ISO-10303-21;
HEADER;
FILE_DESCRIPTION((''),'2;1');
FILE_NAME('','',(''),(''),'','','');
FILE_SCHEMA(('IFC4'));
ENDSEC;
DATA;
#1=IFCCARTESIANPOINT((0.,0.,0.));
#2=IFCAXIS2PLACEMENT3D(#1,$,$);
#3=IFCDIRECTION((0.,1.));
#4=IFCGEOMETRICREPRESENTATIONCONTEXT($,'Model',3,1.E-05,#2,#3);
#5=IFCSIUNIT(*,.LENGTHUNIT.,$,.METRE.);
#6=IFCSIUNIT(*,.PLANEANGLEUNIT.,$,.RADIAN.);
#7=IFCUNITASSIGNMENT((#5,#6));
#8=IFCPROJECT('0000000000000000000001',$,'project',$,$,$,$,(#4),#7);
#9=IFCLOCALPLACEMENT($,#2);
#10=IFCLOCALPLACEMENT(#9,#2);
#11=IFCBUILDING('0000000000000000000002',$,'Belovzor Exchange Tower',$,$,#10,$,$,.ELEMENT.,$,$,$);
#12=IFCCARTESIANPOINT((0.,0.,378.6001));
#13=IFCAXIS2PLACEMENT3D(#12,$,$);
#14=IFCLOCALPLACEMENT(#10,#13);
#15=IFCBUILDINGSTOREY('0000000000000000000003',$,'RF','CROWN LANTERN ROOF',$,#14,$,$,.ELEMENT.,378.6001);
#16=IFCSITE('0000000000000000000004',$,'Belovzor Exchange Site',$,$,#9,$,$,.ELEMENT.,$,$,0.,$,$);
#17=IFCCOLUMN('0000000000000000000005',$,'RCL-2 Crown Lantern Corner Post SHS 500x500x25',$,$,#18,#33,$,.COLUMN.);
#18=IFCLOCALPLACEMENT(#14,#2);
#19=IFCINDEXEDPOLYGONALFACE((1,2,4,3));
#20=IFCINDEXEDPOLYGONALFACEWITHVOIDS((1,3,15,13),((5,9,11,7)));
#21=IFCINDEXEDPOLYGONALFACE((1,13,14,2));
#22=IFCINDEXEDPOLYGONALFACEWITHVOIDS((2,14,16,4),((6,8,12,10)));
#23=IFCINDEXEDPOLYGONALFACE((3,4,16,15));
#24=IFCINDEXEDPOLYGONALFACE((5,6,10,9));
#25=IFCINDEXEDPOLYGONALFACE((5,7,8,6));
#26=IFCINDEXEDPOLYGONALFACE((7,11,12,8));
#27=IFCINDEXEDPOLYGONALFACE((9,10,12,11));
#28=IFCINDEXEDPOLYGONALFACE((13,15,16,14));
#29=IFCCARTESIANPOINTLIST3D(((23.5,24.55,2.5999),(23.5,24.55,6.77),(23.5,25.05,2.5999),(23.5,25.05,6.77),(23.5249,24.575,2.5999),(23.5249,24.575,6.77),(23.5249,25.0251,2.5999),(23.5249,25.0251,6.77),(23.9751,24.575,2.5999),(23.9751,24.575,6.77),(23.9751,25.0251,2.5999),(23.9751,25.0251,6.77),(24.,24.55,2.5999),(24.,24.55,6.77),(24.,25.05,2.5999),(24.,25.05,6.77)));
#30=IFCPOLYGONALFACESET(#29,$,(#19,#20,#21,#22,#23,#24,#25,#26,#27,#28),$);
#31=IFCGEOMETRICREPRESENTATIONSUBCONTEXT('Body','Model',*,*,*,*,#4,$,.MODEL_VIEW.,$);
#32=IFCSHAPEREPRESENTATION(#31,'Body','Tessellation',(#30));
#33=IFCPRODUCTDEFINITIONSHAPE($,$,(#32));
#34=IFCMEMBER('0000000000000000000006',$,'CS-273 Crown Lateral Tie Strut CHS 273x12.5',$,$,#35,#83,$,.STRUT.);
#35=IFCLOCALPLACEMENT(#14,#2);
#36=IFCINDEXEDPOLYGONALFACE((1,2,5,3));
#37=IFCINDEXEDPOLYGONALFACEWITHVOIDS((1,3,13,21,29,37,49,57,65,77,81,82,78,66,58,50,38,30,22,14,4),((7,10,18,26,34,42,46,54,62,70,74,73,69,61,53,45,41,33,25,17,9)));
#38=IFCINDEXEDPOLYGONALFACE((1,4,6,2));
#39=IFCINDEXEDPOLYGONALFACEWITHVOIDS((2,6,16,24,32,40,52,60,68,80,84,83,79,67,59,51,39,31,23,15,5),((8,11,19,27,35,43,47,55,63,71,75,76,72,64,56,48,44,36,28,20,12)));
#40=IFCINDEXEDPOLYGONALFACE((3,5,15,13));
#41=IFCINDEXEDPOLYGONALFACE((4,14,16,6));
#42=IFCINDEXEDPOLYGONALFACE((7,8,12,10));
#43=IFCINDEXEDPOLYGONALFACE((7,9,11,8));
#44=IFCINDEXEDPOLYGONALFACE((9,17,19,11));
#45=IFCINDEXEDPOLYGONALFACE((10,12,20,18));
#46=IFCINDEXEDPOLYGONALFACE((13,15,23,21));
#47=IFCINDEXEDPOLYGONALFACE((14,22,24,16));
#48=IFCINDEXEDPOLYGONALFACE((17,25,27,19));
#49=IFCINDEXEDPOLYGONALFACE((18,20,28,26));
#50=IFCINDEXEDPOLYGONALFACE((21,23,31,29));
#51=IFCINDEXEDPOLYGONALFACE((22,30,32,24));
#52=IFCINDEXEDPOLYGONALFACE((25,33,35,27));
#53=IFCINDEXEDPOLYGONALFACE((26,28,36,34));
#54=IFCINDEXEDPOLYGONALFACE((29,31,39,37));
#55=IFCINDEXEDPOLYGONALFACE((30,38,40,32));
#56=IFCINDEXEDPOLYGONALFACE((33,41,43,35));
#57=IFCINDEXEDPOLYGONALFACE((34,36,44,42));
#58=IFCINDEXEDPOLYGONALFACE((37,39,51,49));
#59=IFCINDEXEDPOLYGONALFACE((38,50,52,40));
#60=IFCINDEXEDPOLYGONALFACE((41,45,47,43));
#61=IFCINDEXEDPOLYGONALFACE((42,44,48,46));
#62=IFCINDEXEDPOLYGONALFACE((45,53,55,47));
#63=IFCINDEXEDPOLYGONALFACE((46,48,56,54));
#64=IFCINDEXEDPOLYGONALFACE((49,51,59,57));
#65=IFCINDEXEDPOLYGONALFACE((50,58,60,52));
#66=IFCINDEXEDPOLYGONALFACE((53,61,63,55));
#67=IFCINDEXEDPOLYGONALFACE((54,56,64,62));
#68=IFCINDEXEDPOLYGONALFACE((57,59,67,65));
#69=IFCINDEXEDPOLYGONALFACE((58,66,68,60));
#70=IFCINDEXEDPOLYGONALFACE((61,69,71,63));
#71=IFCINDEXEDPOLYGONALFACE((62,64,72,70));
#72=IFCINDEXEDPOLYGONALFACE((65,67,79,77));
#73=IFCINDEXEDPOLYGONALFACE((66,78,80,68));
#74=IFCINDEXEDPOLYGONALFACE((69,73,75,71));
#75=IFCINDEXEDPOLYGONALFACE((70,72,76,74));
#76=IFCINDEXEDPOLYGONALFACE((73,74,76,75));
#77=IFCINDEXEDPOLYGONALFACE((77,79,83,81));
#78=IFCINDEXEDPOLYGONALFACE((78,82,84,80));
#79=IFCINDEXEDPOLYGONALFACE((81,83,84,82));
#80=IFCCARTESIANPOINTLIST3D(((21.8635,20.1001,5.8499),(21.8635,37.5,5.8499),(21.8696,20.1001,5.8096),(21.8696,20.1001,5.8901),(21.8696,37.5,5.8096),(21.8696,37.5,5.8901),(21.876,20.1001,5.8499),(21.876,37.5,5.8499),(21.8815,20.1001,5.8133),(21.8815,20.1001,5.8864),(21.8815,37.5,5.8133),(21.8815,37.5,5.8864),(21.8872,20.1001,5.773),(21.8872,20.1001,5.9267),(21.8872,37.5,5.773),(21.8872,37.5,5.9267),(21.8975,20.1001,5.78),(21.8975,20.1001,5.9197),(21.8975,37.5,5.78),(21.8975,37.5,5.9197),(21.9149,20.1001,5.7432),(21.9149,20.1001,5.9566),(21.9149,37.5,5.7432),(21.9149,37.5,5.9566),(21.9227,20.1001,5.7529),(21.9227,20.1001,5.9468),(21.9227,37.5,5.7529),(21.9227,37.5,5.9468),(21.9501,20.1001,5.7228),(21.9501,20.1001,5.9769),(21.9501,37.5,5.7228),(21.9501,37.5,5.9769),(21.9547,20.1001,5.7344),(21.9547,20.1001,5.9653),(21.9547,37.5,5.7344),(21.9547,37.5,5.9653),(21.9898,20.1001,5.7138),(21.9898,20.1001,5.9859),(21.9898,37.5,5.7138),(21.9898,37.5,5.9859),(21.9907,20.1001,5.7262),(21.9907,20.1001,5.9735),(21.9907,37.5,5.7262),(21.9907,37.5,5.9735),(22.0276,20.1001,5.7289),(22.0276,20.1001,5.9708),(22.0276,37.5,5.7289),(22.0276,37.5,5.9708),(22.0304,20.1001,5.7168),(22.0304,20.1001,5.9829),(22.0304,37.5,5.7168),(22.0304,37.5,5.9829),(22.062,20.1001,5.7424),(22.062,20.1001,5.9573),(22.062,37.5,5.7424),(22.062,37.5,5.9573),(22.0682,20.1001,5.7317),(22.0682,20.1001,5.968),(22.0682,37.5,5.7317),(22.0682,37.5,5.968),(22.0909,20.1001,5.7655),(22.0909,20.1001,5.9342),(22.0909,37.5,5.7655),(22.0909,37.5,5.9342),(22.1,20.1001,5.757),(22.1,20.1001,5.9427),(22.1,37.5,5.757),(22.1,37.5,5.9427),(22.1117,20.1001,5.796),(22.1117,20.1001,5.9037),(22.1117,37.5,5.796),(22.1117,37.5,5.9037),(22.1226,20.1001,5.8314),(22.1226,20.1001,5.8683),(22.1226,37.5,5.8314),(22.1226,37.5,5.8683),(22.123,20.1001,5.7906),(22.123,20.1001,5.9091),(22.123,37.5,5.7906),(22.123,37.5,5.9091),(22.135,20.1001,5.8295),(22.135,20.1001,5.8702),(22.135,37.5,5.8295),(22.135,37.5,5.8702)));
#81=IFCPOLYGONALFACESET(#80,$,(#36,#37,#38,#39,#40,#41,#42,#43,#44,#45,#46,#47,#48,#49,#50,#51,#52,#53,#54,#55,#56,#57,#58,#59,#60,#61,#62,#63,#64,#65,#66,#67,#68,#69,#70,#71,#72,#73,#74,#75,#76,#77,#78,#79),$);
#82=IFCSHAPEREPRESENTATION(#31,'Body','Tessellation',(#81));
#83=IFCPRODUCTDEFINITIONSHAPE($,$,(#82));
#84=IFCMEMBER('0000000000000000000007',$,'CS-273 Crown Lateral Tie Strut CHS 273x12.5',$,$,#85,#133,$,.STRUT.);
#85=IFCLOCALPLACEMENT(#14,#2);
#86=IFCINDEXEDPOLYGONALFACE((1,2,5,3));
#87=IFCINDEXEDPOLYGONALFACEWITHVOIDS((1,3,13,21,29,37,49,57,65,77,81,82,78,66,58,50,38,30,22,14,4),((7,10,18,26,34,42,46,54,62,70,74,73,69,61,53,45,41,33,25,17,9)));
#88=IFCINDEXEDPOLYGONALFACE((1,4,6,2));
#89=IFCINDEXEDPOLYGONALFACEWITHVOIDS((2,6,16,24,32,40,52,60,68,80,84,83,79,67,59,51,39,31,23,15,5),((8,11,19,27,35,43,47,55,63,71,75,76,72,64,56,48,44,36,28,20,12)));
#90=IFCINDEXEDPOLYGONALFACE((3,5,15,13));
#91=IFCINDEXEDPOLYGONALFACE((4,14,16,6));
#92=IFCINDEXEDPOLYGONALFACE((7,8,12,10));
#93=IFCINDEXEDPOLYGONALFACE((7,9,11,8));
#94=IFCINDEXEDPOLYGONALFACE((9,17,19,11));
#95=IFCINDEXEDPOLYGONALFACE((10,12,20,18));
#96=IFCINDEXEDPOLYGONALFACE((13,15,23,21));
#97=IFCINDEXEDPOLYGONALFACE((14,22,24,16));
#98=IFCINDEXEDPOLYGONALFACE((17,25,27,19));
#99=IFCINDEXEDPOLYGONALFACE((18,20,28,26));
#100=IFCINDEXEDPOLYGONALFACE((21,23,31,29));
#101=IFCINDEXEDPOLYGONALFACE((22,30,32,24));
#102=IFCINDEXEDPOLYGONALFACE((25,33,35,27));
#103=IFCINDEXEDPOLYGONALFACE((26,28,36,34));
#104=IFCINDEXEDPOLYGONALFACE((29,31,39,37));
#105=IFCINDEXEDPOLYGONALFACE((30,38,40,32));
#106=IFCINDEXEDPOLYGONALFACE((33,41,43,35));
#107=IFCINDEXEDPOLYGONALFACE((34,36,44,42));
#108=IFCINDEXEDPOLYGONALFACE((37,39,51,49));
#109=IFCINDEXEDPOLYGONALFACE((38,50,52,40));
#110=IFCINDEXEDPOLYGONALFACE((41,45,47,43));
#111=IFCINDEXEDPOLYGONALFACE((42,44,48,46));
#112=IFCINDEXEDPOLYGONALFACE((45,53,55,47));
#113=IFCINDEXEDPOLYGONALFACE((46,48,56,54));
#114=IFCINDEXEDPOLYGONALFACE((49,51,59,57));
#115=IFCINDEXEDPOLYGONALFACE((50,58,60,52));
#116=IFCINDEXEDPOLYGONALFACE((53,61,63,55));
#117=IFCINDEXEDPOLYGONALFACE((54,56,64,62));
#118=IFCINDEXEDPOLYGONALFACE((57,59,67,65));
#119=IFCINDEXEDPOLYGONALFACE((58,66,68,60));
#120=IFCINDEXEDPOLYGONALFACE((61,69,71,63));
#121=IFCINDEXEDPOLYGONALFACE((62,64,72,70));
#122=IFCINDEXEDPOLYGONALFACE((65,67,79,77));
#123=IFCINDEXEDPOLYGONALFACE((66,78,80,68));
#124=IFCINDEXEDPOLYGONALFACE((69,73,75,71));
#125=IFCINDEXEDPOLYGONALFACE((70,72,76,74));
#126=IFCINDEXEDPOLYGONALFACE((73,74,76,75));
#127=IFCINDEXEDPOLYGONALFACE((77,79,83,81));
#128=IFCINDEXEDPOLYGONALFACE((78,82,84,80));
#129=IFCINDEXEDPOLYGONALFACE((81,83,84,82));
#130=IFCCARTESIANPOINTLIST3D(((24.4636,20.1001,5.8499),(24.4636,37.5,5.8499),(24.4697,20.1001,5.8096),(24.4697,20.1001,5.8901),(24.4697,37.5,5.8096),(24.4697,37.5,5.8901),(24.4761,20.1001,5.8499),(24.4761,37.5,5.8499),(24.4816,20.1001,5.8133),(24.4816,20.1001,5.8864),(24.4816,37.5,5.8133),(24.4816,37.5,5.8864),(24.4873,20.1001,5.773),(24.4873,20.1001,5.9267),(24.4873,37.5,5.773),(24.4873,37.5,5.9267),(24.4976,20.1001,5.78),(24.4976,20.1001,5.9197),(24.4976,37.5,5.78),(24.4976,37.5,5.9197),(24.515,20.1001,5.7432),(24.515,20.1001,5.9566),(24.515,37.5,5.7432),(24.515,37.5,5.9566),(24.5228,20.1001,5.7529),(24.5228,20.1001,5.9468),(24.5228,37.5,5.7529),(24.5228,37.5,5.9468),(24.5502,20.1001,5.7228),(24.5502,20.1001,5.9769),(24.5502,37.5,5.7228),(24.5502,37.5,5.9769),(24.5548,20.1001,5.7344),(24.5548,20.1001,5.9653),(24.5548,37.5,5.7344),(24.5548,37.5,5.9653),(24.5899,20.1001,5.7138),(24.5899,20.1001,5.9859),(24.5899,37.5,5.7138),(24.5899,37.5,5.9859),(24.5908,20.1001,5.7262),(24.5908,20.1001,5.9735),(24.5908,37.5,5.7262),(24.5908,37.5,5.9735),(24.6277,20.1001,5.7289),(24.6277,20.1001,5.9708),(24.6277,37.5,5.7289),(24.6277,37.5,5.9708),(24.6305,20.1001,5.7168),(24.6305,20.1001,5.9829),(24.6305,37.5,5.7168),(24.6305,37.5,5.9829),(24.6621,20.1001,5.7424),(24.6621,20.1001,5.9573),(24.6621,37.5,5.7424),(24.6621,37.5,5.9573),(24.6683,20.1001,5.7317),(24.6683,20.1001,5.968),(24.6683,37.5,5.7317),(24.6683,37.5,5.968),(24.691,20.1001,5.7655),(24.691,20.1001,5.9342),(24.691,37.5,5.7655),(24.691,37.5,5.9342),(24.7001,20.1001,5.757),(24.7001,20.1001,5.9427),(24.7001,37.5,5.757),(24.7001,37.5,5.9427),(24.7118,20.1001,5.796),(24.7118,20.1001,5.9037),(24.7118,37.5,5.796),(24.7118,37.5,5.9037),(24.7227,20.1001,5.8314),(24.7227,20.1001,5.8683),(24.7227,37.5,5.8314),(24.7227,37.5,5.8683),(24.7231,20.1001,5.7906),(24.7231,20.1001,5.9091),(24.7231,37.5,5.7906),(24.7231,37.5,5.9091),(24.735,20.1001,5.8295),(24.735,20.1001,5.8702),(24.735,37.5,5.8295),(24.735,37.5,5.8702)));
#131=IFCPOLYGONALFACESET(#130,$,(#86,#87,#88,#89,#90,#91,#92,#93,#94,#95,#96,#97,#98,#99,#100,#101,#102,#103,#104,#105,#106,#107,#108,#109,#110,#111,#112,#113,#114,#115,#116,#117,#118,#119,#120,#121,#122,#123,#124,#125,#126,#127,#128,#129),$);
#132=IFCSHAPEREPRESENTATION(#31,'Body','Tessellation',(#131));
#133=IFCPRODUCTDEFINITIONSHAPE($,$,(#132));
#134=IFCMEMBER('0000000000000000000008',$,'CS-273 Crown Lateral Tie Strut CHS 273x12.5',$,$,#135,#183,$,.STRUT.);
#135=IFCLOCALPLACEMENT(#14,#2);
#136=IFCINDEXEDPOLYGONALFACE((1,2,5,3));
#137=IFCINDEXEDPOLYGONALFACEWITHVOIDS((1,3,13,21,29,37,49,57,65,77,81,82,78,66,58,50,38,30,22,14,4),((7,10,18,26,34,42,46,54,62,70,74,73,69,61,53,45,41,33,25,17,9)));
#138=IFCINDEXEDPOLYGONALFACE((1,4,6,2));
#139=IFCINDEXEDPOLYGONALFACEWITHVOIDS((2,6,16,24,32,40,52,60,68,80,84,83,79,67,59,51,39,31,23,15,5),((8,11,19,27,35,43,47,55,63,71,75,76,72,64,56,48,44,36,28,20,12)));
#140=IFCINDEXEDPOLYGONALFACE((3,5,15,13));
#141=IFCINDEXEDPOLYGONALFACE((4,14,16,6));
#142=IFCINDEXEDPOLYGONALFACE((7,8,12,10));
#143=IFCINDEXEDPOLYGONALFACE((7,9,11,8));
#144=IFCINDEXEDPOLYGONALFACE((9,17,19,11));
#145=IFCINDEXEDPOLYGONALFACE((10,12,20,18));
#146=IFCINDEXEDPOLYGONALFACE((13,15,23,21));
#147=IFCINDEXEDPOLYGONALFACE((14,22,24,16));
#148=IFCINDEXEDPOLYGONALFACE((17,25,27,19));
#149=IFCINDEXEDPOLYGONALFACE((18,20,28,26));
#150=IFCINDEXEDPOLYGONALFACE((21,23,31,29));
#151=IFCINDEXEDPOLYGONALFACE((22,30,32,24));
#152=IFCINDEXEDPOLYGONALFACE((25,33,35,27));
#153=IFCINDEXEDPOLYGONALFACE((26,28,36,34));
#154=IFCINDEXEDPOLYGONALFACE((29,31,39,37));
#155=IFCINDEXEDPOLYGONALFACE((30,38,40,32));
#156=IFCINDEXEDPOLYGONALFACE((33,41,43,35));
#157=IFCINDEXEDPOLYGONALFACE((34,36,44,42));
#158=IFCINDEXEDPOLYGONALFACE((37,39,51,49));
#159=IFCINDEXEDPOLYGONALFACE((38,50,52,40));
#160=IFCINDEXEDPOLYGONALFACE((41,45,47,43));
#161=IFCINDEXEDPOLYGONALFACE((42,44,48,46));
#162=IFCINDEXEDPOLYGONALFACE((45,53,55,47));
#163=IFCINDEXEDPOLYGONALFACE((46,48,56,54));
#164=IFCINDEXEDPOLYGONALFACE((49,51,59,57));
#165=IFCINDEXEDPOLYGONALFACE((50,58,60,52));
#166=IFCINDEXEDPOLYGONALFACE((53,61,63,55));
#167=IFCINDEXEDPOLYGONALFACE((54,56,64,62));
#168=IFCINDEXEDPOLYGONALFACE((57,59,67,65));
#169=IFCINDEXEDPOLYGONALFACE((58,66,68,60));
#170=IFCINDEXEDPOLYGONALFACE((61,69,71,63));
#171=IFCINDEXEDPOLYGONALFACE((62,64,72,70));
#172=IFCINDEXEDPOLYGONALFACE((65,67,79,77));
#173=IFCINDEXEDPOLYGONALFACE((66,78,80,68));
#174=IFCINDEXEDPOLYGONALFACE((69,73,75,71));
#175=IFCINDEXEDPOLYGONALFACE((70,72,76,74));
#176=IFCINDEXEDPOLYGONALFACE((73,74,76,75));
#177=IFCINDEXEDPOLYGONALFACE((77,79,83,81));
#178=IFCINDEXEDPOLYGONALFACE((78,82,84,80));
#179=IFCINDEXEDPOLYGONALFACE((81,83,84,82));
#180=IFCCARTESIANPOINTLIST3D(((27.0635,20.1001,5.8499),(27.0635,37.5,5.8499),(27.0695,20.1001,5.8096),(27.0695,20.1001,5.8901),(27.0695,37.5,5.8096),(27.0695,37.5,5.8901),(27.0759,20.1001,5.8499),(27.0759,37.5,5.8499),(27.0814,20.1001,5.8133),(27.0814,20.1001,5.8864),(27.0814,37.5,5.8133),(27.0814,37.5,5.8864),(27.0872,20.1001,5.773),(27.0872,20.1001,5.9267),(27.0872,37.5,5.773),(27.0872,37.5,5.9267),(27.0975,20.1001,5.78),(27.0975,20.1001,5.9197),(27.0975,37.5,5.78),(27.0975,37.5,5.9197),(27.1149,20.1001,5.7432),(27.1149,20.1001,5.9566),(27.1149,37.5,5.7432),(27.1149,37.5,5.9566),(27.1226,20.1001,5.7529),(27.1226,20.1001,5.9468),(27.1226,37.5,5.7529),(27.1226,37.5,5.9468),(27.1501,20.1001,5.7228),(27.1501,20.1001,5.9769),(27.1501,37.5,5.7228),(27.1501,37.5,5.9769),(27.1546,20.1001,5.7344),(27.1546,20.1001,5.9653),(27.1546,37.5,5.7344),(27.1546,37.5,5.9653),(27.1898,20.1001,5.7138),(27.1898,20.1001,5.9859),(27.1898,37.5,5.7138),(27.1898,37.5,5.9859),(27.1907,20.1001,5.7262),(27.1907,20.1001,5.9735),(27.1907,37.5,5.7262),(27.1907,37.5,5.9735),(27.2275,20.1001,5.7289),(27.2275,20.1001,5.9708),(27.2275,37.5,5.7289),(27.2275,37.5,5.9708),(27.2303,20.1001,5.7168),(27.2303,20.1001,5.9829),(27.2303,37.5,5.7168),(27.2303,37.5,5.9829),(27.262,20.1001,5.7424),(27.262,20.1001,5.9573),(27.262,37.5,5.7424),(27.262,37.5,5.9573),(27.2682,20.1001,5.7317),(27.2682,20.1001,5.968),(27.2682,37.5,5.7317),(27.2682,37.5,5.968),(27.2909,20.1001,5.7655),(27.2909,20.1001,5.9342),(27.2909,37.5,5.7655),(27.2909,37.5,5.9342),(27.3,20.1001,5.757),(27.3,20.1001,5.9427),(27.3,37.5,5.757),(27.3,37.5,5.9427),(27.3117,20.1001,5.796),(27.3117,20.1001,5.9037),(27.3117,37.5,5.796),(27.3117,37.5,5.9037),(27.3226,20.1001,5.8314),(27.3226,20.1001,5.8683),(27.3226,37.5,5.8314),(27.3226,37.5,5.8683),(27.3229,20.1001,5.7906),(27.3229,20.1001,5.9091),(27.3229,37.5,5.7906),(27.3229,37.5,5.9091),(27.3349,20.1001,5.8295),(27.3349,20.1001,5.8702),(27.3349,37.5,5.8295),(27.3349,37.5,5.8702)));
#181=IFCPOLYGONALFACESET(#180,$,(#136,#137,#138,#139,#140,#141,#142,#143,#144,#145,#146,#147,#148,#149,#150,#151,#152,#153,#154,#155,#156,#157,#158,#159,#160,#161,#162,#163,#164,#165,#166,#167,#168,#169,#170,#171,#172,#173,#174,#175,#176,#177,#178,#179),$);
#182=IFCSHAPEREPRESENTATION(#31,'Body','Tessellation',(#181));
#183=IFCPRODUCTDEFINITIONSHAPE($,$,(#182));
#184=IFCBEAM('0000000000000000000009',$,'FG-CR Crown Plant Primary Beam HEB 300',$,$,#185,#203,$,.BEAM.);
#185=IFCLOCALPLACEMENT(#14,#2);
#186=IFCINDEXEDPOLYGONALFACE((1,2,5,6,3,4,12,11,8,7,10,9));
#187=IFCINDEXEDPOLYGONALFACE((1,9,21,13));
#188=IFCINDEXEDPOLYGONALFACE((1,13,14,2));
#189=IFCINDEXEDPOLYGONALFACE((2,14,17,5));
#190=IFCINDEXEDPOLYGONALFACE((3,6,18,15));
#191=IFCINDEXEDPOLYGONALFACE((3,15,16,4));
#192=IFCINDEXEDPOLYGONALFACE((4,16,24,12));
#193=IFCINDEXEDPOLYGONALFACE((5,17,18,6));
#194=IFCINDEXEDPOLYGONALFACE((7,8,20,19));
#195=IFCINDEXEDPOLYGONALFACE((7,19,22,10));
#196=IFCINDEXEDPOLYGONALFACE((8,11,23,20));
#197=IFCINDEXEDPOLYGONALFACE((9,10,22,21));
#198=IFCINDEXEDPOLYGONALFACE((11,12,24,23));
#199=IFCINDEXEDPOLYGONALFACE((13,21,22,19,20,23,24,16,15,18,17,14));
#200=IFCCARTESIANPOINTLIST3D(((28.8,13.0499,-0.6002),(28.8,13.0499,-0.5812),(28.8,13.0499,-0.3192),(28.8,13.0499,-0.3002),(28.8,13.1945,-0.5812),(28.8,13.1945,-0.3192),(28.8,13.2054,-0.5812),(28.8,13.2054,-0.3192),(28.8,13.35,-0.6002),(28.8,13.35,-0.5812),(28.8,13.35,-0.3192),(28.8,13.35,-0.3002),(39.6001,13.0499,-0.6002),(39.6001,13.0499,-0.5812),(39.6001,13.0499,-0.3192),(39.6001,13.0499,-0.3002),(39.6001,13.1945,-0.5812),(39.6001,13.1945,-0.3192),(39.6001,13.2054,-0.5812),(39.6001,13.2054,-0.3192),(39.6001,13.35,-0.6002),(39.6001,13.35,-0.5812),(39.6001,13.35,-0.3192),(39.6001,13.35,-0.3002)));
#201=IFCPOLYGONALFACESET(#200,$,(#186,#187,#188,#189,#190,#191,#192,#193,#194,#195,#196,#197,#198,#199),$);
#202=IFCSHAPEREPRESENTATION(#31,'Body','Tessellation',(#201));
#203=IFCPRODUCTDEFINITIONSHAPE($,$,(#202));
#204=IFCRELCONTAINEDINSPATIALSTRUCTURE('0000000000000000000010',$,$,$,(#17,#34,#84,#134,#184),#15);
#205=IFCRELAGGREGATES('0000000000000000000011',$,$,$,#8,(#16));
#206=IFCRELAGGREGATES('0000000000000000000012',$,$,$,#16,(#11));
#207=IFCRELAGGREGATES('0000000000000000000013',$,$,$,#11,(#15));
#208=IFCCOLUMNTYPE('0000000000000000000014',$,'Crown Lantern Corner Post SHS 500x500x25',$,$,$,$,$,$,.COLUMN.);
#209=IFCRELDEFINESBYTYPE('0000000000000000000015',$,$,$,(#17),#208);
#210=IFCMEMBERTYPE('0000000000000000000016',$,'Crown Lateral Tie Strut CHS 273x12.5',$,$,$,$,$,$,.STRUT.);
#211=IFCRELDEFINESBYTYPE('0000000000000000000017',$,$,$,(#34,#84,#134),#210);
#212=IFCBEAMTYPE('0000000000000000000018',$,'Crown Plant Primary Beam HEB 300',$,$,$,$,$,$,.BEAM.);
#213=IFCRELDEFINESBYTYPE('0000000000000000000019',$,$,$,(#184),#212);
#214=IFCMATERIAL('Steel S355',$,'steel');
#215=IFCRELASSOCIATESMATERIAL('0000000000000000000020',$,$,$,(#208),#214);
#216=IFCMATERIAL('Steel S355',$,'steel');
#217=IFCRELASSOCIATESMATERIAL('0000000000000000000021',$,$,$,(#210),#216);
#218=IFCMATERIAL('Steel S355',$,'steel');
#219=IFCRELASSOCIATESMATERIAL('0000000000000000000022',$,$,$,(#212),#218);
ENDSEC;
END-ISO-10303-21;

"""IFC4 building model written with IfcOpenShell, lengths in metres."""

from ifc_helpers import new_model, si_unit, direction, frame, origin, origin_2d, place, context, subcontext, project, spatial, hollow_rectangle, hollow_circle, i_section, extrude, material, material_profile, profile_set, type_object, element, save


model = new_model("IFC4")

# Units and contexts
model_context = context("Model", 3, precision=1e-05, world=origin(), true_north=direction((0.0, 1.0)))
body_context = subcontext(model_context, "Body", "Model", "MODEL_VIEW")
ifc_project = project(units=[si_unit("LENGTHUNIT", "METRE"), si_unit("PLANEANGLEUNIT", "RADIAN")], contexts=[model_context])

# Site, building, storey
site_placement = place(None, origin())
site = spatial("IfcSite", under=ifc_project, at=site_placement, Name="Belovzor Exchange Site", CompositionType="ELEMENT", RefElevation=0.0)
building_placement = place(site_placement, origin())
building = spatial("IfcBuilding", under=site, at=building_placement, Name="Belovzor Exchange Tower", CompositionType="ELEMENT")
storey_placement = place(building_placement, frame((0.0, 0.0, 378.6001)))
storey = spatial("IfcBuildingStorey", under=building, at=storey_placement, Name="RF", Description="CROWN LANTERN ROOF", CompositionType="ELEMENT", Elevation=378.6001)

# Column
ifc_material_1 = material(Name="Steel S355", Category="steel")
ifc_material_profile_1 = material_profile(ifc_material_1, hollow_rectangle(XDim=0.5, YDim=0.5, WallThickness=0.0249, at=origin_2d()))
ifc_profile_set_1 = profile_set([ifc_material_profile_1], Name="Steel S355")
column_type = type_object("IfcColumnType", Name="Crown Lantern Corner Post SHS 500x500x25", PredefinedType="COLUMN", material=ifc_profile_set_1)
column_placement = place(storey_placement, frame((23.75, 24.8, 2.5999), z_axis=(0.0, 0.0, 1.0), x_axis=(1.0, 0.0, 0.0)))
element("IfcColumn", 1, at=column_placement, inside=storey, type_object=column_type, Name="RCL-2 Crown Lantern Corner Post SHS 500x500x25", PredefinedType="COLUMN", context=body_context, shape_type="SweptSolid", body=[
    extrude(hollow_rectangle(XDim=0.5, YDim=0.5, WallThickness=0.0249, at=origin_2d()), origin(), (0.0, 0.0, 1.0), 4.1702),
])

# Members
ifc_material_2 = material(Name="Steel S355", Category="steel")
ifc_material_profile_2 = material_profile(ifc_material_2, hollow_circle(Radius=0.1365, WallThickness=0.0125, at=origin_2d()))
ifc_profile_set_2 = profile_set([ifc_material_profile_2], Name="Steel S355")
member_type_1 = type_object("IfcMemberType", Name="Crown Lateral Tie Strut CHS 273x12.5", PredefinedType="STRUT", material=ifc_profile_set_2)
for number, where, z_axis, x_axis, name in (
    (2, (22.0, 20.1001, 5.8499), (0.0, 1.0, 0.0), (-1.0, 0.0, 0.0), "CS-273 Crown Lateral Tie Strut CHS 273x12.5"),
    (3, (24.6001, 20.1001, 5.8499), (0.0, 1.0, 0.0), (-1.0, 0.0, 0.0), "CS-273 Crown Lateral Tie Strut CHS 273x12.5"),
    (4, (27.2, 20.1001, 5.8499), (0.0, 1.0, 0.0), (-1.0, 0.0, 0.0), "CS-273 Crown Lateral Tie Strut CHS 273x12.5"),
):
    element("IfcMember", number, at=place(storey_placement, frame(where, z_axis=z_axis, x_axis=x_axis)), inside=storey, type_object=member_type_1, Name=name, PredefinedType="STRUT", context=body_context, shape_type="SweptSolid", body=[
        extrude(hollow_circle(Radius=0.1365, WallThickness=0.0125, at=origin_2d()), origin(), (0.0, 0.0, 1.0), 17.3999),
    ])

# Beam
ifc_material_3 = material(Name="Steel S355", Category="steel")
ifc_material_profile_3 = material_profile(ifc_material_3, i_section(OverallWidth=0.3, OverallDepth=0.3, WebThickness=0.011, FlangeThickness=0.019, at=origin_2d()))
ifc_profile_set_3 = profile_set([ifc_material_profile_3], Name="Steel S355")
beam_type_1 = type_object("IfcBeamType", Name="Crown Plant Primary Beam HEB 300", PredefinedType="BEAM", material=ifc_profile_set_3)
beam_1_placement = place(storey_placement, frame((28.8, 13.2, -0.4502), z_axis=(1.0, 0.0, 0.0), x_axis=(0.0, 1.0, 0.0)))
element("IfcBeam", 5, at=beam_1_placement, inside=storey, type_object=beam_type_1, Name="FG-CR Crown Plant Primary Beam HEB 300", PredefinedType="BEAM", context=body_context, shape_type="SweptSolid", body=[
    extrude(i_section(OverallWidth=0.3, OverallDepth=0.3, WebThickness=0.011, FlangeThickness=0.019, at=origin_2d()), origin(), (0.0, 0.0, 1.0), 10.8),
])

save(model, "model.ifc")
